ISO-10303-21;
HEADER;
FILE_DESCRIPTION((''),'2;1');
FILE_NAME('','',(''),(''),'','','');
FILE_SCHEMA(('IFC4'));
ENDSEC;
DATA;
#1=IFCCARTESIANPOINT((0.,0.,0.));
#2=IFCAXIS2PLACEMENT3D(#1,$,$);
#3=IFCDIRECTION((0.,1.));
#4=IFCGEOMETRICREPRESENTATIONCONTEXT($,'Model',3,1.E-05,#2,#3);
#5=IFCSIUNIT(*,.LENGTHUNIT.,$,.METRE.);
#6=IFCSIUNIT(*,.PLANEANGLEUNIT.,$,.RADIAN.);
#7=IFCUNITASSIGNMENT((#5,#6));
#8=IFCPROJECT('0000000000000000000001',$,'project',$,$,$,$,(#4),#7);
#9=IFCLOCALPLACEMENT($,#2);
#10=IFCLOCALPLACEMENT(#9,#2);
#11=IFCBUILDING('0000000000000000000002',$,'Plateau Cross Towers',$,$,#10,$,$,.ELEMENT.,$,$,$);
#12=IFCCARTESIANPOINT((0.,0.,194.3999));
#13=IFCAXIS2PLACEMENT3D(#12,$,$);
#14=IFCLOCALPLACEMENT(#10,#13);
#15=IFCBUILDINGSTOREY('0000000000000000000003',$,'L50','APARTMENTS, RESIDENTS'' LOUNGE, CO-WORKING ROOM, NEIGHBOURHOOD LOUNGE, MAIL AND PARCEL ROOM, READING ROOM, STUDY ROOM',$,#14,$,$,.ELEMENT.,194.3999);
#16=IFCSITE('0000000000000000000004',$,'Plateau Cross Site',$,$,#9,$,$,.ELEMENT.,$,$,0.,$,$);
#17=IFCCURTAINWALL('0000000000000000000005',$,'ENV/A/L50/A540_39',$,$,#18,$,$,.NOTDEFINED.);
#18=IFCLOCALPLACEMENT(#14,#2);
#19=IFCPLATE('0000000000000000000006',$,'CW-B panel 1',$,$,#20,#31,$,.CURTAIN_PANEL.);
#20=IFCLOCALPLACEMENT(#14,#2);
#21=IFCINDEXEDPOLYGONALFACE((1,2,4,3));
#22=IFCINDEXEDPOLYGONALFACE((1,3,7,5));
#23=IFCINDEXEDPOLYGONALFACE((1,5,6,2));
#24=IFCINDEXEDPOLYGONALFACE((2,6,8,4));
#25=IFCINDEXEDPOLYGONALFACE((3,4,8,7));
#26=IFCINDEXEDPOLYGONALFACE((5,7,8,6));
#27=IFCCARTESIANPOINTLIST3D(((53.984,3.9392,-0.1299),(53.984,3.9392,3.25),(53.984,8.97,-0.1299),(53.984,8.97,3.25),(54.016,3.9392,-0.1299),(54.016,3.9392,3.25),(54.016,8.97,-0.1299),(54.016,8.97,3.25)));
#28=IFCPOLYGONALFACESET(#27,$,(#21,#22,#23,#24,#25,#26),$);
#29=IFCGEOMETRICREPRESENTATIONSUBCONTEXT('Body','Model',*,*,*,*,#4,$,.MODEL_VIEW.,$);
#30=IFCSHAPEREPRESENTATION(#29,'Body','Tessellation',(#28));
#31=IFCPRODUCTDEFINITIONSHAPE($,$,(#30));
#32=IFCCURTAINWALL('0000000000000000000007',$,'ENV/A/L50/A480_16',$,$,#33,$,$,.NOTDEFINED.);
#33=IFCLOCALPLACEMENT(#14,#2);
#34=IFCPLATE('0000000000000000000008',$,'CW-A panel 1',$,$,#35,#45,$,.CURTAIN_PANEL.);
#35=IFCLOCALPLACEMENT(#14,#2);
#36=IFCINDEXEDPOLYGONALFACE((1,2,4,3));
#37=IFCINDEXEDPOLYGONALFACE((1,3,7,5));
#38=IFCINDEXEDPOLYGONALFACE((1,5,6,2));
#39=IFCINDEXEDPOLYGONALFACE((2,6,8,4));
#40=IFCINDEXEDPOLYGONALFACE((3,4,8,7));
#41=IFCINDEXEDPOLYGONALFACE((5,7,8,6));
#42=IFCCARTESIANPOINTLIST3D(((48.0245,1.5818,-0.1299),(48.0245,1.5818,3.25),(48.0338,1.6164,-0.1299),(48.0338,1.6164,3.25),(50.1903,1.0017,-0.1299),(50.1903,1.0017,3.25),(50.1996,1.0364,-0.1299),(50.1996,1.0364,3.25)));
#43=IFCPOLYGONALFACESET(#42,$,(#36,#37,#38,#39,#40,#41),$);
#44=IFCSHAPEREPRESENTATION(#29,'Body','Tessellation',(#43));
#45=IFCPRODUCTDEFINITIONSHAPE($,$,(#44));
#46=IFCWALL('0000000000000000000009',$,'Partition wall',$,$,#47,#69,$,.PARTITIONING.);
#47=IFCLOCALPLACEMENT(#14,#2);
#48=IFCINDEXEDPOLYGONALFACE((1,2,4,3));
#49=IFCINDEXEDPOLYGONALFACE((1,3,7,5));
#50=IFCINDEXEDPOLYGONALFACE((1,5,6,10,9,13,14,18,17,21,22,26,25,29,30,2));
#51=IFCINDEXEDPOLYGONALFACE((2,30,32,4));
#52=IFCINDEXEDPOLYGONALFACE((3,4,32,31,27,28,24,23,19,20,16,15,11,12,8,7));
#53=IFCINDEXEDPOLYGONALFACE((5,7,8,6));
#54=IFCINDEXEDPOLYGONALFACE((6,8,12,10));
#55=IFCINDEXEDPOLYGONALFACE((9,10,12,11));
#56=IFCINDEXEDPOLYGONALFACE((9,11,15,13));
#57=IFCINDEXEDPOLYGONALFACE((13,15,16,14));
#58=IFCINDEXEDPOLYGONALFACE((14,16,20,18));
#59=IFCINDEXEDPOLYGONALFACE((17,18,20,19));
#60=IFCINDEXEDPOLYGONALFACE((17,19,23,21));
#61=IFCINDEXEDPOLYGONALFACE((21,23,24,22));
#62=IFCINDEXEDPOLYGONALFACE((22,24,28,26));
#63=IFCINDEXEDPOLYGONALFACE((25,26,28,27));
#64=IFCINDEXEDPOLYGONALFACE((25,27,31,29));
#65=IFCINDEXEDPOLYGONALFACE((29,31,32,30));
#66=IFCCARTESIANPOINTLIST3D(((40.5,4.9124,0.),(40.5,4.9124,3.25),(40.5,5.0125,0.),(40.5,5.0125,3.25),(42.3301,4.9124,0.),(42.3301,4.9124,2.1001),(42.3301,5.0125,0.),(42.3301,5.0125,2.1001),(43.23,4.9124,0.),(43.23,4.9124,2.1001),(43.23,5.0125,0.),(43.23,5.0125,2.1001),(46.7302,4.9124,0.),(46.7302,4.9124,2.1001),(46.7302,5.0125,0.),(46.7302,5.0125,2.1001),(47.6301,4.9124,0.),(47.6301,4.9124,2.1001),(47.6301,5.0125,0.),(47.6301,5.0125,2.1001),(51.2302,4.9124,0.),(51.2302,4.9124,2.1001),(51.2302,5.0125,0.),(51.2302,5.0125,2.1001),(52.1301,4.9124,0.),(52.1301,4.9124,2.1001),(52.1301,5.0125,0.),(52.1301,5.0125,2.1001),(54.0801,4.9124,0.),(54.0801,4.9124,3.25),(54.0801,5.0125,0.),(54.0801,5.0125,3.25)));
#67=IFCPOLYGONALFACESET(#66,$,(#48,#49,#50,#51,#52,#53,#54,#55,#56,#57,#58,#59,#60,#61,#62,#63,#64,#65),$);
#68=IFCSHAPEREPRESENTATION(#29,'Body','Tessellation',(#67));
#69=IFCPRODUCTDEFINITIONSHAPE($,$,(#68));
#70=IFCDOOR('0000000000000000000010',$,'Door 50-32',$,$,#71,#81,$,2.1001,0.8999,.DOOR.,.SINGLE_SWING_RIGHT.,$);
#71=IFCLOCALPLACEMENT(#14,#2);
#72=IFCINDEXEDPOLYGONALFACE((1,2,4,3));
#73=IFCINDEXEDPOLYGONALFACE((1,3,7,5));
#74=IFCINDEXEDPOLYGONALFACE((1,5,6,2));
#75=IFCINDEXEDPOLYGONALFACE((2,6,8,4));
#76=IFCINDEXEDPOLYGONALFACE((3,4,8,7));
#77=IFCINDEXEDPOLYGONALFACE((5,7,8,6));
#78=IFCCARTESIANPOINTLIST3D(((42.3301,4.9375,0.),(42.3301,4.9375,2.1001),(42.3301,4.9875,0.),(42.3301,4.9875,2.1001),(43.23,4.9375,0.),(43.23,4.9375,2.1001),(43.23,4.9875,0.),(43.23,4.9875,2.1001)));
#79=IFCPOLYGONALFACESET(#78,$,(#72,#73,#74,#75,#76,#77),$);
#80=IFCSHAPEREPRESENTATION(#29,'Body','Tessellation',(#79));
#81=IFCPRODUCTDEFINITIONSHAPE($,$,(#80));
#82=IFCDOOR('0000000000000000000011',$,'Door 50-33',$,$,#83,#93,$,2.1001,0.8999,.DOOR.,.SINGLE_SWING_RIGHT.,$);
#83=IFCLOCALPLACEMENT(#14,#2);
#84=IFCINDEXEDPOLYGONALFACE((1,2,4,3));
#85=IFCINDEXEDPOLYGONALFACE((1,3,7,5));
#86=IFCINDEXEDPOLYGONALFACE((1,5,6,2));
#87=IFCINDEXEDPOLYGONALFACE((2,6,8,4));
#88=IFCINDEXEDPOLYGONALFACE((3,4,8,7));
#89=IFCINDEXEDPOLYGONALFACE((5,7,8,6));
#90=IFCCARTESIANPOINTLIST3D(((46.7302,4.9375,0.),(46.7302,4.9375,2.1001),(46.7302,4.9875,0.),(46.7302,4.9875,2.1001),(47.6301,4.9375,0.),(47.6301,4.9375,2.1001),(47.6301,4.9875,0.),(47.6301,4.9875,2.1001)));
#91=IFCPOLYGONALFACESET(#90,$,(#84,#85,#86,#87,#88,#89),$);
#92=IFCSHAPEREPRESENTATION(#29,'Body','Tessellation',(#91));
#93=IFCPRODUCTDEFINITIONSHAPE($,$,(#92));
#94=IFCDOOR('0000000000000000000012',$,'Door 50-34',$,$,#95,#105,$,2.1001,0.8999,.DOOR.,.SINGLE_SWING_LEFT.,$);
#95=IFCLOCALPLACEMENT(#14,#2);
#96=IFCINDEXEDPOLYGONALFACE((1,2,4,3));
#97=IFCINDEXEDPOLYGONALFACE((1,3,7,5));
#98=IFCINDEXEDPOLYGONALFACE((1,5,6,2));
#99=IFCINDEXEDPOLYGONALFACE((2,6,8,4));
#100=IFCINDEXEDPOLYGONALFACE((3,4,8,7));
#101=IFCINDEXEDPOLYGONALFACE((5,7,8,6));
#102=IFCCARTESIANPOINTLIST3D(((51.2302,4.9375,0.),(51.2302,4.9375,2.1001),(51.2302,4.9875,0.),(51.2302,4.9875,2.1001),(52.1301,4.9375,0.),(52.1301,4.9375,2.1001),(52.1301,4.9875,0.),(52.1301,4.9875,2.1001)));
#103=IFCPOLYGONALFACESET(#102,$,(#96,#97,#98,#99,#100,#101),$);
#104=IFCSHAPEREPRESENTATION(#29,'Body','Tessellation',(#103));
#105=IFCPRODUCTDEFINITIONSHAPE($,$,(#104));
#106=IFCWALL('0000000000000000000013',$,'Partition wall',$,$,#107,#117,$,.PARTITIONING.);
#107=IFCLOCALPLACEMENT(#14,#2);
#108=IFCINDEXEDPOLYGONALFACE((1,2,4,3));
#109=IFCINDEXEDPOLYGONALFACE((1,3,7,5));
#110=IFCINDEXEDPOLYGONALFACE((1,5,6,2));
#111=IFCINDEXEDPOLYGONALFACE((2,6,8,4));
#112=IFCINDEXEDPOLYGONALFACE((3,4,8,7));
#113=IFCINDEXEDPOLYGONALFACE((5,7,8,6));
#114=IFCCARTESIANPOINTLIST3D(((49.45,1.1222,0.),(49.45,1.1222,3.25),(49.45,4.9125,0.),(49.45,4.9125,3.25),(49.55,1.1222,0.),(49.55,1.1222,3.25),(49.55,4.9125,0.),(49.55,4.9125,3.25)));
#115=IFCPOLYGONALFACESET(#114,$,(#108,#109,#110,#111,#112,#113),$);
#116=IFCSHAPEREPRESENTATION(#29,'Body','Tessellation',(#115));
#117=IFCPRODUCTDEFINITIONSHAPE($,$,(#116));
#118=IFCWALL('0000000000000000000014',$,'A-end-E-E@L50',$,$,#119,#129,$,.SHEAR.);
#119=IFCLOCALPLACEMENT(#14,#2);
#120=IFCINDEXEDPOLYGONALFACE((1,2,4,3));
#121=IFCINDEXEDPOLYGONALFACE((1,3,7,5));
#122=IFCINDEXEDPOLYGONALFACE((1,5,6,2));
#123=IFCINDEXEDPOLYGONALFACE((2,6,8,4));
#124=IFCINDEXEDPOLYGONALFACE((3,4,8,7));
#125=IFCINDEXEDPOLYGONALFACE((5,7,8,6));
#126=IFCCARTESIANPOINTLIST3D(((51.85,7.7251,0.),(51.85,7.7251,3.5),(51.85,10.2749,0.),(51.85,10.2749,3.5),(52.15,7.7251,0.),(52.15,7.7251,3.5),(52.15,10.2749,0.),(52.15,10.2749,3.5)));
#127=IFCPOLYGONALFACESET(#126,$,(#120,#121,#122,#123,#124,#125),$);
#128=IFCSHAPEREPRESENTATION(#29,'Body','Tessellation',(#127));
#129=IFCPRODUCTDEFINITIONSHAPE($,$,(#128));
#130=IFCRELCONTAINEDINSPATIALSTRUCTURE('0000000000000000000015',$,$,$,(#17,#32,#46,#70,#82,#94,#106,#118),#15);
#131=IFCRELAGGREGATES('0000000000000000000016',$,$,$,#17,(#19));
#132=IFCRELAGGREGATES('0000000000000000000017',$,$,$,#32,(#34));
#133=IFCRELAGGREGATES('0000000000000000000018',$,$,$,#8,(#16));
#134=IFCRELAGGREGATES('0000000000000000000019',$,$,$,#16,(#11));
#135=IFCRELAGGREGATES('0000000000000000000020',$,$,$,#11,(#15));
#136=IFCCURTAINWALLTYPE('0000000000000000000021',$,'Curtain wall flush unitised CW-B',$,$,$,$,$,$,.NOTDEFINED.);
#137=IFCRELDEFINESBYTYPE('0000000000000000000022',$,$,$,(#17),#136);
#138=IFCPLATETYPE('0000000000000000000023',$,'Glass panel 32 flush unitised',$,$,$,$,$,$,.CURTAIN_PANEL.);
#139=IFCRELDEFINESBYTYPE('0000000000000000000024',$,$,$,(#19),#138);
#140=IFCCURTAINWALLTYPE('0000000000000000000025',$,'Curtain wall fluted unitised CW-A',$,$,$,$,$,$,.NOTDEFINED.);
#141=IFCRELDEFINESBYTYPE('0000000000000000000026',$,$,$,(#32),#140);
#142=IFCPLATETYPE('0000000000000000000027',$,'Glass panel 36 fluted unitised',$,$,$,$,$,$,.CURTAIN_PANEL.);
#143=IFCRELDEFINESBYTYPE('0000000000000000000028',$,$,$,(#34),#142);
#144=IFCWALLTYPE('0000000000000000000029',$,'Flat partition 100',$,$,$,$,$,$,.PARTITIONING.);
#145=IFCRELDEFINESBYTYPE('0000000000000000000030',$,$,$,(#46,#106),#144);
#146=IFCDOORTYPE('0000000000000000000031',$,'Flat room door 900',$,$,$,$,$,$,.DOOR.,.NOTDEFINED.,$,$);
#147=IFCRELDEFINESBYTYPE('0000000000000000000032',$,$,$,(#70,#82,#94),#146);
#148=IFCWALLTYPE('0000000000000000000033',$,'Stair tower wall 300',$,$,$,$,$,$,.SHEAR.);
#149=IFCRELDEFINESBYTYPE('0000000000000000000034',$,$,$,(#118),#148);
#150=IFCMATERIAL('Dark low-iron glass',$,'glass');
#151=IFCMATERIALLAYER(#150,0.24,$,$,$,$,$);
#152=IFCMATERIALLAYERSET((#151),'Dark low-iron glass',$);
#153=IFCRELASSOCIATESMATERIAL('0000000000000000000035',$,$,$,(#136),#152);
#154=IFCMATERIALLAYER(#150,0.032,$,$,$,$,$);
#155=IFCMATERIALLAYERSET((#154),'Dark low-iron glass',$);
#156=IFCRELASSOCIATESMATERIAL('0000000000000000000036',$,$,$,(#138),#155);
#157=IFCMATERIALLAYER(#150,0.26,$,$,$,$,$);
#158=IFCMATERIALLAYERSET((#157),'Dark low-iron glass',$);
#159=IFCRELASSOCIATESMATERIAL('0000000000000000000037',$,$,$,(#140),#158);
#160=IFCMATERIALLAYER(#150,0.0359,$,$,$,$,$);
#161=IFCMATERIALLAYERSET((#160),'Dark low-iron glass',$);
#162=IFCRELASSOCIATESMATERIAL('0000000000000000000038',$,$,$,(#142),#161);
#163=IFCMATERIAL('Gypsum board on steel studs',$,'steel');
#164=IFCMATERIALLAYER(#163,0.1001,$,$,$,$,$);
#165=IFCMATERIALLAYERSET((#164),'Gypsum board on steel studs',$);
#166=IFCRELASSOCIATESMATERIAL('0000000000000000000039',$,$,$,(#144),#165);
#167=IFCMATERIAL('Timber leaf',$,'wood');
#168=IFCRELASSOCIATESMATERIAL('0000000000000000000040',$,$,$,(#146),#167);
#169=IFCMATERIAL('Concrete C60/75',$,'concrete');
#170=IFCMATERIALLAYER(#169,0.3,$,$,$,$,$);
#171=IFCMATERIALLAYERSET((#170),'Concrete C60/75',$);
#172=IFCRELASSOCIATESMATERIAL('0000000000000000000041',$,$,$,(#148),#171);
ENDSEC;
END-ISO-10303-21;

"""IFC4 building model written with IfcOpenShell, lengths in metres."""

from ifc_helpers import new_model, si_unit, direction, frame, frame_2d, origin, origin_2d, place, context, subcontext, project, spatial, rectangle, extrude, material, layer, layer_set, type_object, element, fill, aggregate, save


model = new_model("IFC4")

# Units and contexts
model_context = context("Model", 3, precision=1e-05, world=origin(), true_north=direction((0.0, 1.0)))
body_context = subcontext(model_context, "Body", "Model", "MODEL_VIEW")
ifc_project = project(units=[si_unit("LENGTHUNIT", "METRE"), si_unit("PLANEANGLEUNIT", "RADIAN")], contexts=[model_context])

# Site, building, storey
site_placement = place(None, origin())
site = spatial("IfcSite", under=ifc_project, at=site_placement, Name="Plateau Cross Site", CompositionType="ELEMENT", RefElevation=0.0)
building_placement = place(site_placement, origin())
building = spatial("IfcBuilding", under=site, at=building_placement, Name="Plateau Cross Towers", CompositionType="ELEMENT")
storey_placement = place(building_placement, frame((0.0, 0.0, 194.3999)))
storey = spatial("IfcBuildingStorey", under=building, at=storey_placement, Name="L50", Description="APARTMENTS, RESIDENTS' LOUNGE, CO-WORKING ROOM, NEIGHBOURHOOD LOUNGE, MAIL AND PARCEL ROOM, READING ROOM, STUDY ROOM", CompositionType="ELEMENT", Elevation=194.3999)

# Shared definitions
ifc_material_1 = material(Name="Concrete C60/75", Category="concrete")

# Shared definitions
ifc_material_2 = material(Name="Dark low-iron glass", Category="glass")
ifc_layer_1 = layer(ifc_material_2, 0.24)
ifc_layer_set_1 = layer_set([ifc_layer_1], Name="Dark low-iron glass")
curtain_wall_type_1 = type_object("IfcCurtainWallType", Name="Curtain wall flush unitised CW-B", PredefinedType="NOTDEFINED", material=ifc_layer_set_1)

# Curtain wall
curtain_wall_1_placement = place(storey_placement, origin())
curtain_wall_1 = element("IfcCurtainWall", 1, at=curtain_wall_1_placement, inside=storey, type_object=curtain_wall_type_1, Name="ENV/A/L50/A540_39", PredefinedType="NOTDEFINED")

# Plate
ifc_layer_2 = layer(ifc_material_2, 0.032)
ifc_layer_set_2 = layer_set([ifc_layer_2], Name="Dark low-iron glass")
plate_type_1 = type_object("IfcPlateType", Name="Glass panel 32 flush unitised", PredefinedType="CURTAIN_PANEL", material=ifc_layer_set_2)
plate_1_placement = place(storey_placement, frame((54.0, 6.4546, -0.1299), z_axis=(0.0, 0.0, 1.0), x_axis=(0.0, 1.0, 0.0)))
plate_1 = element("IfcPlate", 2, at=plate_1_placement, type_object=plate_type_1, Name="CW-B panel 1", PredefinedType="CURTAIN_PANEL", context=body_context, shape_type="SweptSolid", body=[
    extrude(rectangle(XDim=5.0308, YDim=0.032, at=origin_2d()), origin(), (0.0, 0.0, 1.0), 3.3799),
])
aggregate(curtain_wall_1, [plate_1])

# Curtain wall, plate
ifc_layer_3 = layer(ifc_material_2, 0.26)
ifc_layer_set_3 = layer_set([ifc_layer_3], Name="Dark low-iron glass")
curtain_wall_type_2 = type_object("IfcCurtainWallType", Name="Curtain wall fluted unitised CW-A", PredefinedType="NOTDEFINED", material=ifc_layer_set_3)
curtain_wall_2_placement = place(storey_placement, origin())
curtain_wall_2 = element("IfcCurtainWall", 3, at=curtain_wall_2_placement, inside=storey, type_object=curtain_wall_type_2, Name="ENV/A/L50/A480_16", PredefinedType="NOTDEFINED")
ifc_layer_4 = layer(ifc_material_2, 0.0359)
ifc_layer_set_4 = layer_set([ifc_layer_4], Name="Dark low-iron glass")
plate_type_2 = type_object("IfcPlateType", Name="Glass panel 36 fluted unitised", PredefinedType="CURTAIN_PANEL", material=ifc_layer_set_4)
plate_2_placement = place(storey_placement, frame((49.1121, 1.3091, -0.1299), z_axis=(0.0, 0.0, 1.0), x_axis=(0.965958, -0.258699, 0.0)))
plate_2 = element("IfcPlate", 4, at=plate_2_placement, type_object=plate_type_2, Name="CW-A panel 1", PredefinedType="CURTAIN_PANEL", context=body_context, shape_type="SweptSolid", body=[
    extrude(rectangle(XDim=2.2422, YDim=0.0359, at=origin_2d()), origin(), (0.0, 0.0, 1.0), 3.3799),
])
aggregate(curtain_wall_2, [plate_2])

# Wall, openings, doors
ifc_material_3 = material(Name="Gypsum board on steel studs", Category="steel")
ifc_layer_5 = layer(ifc_material_3, 0.1001)
ifc_layer_set_5 = layer_set([ifc_layer_5], Name="Gypsum board on steel studs")
wall_type_1 = type_object("IfcWallType", Name="Flat partition 100", PredefinedType="PARTITIONING", material=ifc_layer_set_5)
wall_1_placement = place(storey_placement, frame((54.0801, 4.9624, 0.0), z_axis=(0.0, 0.0, 1.0), x_axis=(-1.0, 0.0, 0.0)))
wall_1 = element("IfcWall", 5, at=wall_1_placement, inside=storey, type_object=wall_type_1, Name="Partition wall", PredefinedType="PARTITIONING", context=body_context, shape_type="SweptSolid", body=[
    extrude(rectangle(XDim=13.5801, YDim=0.1001, at=frame_2d((6.79, 0.0))), origin(), (0.0, 0.0, 1.0), 3.25),
])
opening_1_placement = place(wall_1_placement, frame((10.8501, 0.0, 0.0)))
opening_1 = element("IfcOpeningElement", 6, at=opening_1_placement, cuts=wall_1, PredefinedType="OPENING", context=body_context, shape_type="SweptSolid", body=[
    extrude(rectangle(XDim=0.8999, YDim=2.1001, at=frame_2d((0.45, 1.05))), frame((0.0, 0.0601, 0.0), z_axis=(0.0, -1.0, 0.0), x_axis=(1.0, 0.0, 0.0)), (0.0, 0.0, 1.0), 0.1201),
])
opening_2_placement = place(wall_1_placement, frame((6.45, 0.0, 0.0)))
opening_2 = element("IfcOpeningElement", 7, at=opening_2_placement, cuts=wall_1, PredefinedType="OPENING", context=body_context, shape_type="SweptSolid", body=[
    extrude(rectangle(XDim=0.8999, YDim=2.1001, at=frame_2d((0.45, 1.05))), frame((0.0, 0.0601, 0.0), z_axis=(0.0, -1.0, 0.0), x_axis=(1.0, 0.0, 0.0)), (0.0, 0.0, 1.0), 0.1201),
])
opening_3_placement = place(wall_1_placement, frame((1.95, 0.0, 0.0)))
opening_3 = element("IfcOpeningElement", 8, at=opening_3_placement, cuts=wall_1, PredefinedType="OPENING", context=body_context, shape_type="SweptSolid", body=[
    extrude(rectangle(XDim=0.8999, YDim=2.1001, at=frame_2d((0.45, 1.05))), frame((0.0, 0.0601, 0.0), z_axis=(0.0, -1.0, 0.0), x_axis=(1.0, 0.0, 0.0)), (0.0, 0.0, 1.0), 0.1201),
])
ifc_material_4 = material(Name="Timber leaf", Category="wood")
door_type = type_object("IfcDoorType", Name="Flat room door 900", OperationType="NOTDEFINED", PredefinedType="DOOR", material=ifc_material_4)
door_1_placement = place(opening_1_placement, origin())
door_1 = element("IfcDoor", 9, at=door_1_placement, inside=storey, type_object=door_type, Name="Door 50-32", OperationType="SINGLE_SWING_RIGHT", OverallHeight=2.1001, OverallWidth=0.8999, PredefinedType="DOOR", context=body_context, shape_type="SweptSolid", body=[
    extrude(rectangle(XDim=0.8999, YDim=2.1001, at=frame_2d((0.45, 1.05))), frame((0.0, 0.0249, 0.0), z_axis=(0.0, -1.0, 0.0), x_axis=(1.0, 0.0, 0.0)), (0.0, 0.0, 1.0), 0.05),
])
fill(opening_1, door_1)
door_2_placement = place(opening_2_placement, origin())
door_2 = element("IfcDoor", 10, at=door_2_placement, inside=storey, type_object=door_type, Name="Door 50-33", OperationType="SINGLE_SWING_RIGHT", OverallHeight=2.1001, OverallWidth=0.8999, PredefinedType="DOOR", context=body_context, shape_type="SweptSolid", body=[
    extrude(rectangle(XDim=0.8999, YDim=2.1001, at=frame_2d((0.45, 1.05))), frame((0.0, 0.0249, 0.0), z_axis=(0.0, -1.0, 0.0), x_axis=(1.0, 0.0, 0.0)), (0.0, 0.0, 1.0), 0.05),
])
fill(opening_2, door_2)
door_3_placement = place(opening_3_placement, origin())
door_3 = element("IfcDoor", 11, at=door_3_placement, inside=storey, type_object=door_type, Name="Door 50-34", OperationType="SINGLE_SWING_LEFT", OverallHeight=2.1001, OverallWidth=0.8999, PredefinedType="DOOR", context=body_context, shape_type="SweptSolid", body=[
    extrude(rectangle(XDim=0.8999, YDim=2.1001, at=frame_2d((0.45, 1.05))), frame((0.0, 0.0249, 0.0), z_axis=(0.0, -1.0, 0.0), x_axis=(1.0, 0.0, 0.0)), (0.0, 0.0, 1.0), 0.05),
])
fill(opening_3, door_3)

# Walls
wall_2_placement = place(storey_placement, frame((49.5, 1.1223, 0.0), z_axis=(0.0, 0.0, 1.0), x_axis=(0.0, 1.0, 0.0)))
element("IfcWall", 12, at=wall_2_placement, inside=storey, type_object=wall_type_1, Name="Partition wall", PredefinedType="PARTITIONING", context=body_context, shape_type="SweptSolid", body=[
    extrude(rectangle(XDim=3.7903, YDim=0.1001, at=frame_2d((1.895, 0.0))), origin(), (0.0, 0.0, 1.0), 3.25),
])
ifc_layer_6 = layer(ifc_material_1, 0.3)
ifc_layer_set_6 = layer_set([ifc_layer_6], Name="Concrete C60/75")
wall_type_2 = type_object("IfcWallType", Name="Stair tower wall 300", PredefinedType="SHEAR", material=ifc_layer_set_6)
wall_3_placement = place(storey_placement, frame((52.0, 7.7251, 0.0), z_axis=(0.0, 0.0, 1.0), x_axis=(0.0, 1.0, 0.0)))
element("IfcWall", 13, at=wall_3_placement, inside=storey, type_object=wall_type_2, Name="A-end-E-E@L50", PredefinedType="SHEAR", context=body_context, shape_type="SweptSolid", body=[
    extrude(rectangle(XDim=2.5498, YDim=0.3, at=frame_2d((1.2749, 0.0))), origin(), (0.0, 0.0, 1.0), 3.5),
])

save(model, "model.ifc")
